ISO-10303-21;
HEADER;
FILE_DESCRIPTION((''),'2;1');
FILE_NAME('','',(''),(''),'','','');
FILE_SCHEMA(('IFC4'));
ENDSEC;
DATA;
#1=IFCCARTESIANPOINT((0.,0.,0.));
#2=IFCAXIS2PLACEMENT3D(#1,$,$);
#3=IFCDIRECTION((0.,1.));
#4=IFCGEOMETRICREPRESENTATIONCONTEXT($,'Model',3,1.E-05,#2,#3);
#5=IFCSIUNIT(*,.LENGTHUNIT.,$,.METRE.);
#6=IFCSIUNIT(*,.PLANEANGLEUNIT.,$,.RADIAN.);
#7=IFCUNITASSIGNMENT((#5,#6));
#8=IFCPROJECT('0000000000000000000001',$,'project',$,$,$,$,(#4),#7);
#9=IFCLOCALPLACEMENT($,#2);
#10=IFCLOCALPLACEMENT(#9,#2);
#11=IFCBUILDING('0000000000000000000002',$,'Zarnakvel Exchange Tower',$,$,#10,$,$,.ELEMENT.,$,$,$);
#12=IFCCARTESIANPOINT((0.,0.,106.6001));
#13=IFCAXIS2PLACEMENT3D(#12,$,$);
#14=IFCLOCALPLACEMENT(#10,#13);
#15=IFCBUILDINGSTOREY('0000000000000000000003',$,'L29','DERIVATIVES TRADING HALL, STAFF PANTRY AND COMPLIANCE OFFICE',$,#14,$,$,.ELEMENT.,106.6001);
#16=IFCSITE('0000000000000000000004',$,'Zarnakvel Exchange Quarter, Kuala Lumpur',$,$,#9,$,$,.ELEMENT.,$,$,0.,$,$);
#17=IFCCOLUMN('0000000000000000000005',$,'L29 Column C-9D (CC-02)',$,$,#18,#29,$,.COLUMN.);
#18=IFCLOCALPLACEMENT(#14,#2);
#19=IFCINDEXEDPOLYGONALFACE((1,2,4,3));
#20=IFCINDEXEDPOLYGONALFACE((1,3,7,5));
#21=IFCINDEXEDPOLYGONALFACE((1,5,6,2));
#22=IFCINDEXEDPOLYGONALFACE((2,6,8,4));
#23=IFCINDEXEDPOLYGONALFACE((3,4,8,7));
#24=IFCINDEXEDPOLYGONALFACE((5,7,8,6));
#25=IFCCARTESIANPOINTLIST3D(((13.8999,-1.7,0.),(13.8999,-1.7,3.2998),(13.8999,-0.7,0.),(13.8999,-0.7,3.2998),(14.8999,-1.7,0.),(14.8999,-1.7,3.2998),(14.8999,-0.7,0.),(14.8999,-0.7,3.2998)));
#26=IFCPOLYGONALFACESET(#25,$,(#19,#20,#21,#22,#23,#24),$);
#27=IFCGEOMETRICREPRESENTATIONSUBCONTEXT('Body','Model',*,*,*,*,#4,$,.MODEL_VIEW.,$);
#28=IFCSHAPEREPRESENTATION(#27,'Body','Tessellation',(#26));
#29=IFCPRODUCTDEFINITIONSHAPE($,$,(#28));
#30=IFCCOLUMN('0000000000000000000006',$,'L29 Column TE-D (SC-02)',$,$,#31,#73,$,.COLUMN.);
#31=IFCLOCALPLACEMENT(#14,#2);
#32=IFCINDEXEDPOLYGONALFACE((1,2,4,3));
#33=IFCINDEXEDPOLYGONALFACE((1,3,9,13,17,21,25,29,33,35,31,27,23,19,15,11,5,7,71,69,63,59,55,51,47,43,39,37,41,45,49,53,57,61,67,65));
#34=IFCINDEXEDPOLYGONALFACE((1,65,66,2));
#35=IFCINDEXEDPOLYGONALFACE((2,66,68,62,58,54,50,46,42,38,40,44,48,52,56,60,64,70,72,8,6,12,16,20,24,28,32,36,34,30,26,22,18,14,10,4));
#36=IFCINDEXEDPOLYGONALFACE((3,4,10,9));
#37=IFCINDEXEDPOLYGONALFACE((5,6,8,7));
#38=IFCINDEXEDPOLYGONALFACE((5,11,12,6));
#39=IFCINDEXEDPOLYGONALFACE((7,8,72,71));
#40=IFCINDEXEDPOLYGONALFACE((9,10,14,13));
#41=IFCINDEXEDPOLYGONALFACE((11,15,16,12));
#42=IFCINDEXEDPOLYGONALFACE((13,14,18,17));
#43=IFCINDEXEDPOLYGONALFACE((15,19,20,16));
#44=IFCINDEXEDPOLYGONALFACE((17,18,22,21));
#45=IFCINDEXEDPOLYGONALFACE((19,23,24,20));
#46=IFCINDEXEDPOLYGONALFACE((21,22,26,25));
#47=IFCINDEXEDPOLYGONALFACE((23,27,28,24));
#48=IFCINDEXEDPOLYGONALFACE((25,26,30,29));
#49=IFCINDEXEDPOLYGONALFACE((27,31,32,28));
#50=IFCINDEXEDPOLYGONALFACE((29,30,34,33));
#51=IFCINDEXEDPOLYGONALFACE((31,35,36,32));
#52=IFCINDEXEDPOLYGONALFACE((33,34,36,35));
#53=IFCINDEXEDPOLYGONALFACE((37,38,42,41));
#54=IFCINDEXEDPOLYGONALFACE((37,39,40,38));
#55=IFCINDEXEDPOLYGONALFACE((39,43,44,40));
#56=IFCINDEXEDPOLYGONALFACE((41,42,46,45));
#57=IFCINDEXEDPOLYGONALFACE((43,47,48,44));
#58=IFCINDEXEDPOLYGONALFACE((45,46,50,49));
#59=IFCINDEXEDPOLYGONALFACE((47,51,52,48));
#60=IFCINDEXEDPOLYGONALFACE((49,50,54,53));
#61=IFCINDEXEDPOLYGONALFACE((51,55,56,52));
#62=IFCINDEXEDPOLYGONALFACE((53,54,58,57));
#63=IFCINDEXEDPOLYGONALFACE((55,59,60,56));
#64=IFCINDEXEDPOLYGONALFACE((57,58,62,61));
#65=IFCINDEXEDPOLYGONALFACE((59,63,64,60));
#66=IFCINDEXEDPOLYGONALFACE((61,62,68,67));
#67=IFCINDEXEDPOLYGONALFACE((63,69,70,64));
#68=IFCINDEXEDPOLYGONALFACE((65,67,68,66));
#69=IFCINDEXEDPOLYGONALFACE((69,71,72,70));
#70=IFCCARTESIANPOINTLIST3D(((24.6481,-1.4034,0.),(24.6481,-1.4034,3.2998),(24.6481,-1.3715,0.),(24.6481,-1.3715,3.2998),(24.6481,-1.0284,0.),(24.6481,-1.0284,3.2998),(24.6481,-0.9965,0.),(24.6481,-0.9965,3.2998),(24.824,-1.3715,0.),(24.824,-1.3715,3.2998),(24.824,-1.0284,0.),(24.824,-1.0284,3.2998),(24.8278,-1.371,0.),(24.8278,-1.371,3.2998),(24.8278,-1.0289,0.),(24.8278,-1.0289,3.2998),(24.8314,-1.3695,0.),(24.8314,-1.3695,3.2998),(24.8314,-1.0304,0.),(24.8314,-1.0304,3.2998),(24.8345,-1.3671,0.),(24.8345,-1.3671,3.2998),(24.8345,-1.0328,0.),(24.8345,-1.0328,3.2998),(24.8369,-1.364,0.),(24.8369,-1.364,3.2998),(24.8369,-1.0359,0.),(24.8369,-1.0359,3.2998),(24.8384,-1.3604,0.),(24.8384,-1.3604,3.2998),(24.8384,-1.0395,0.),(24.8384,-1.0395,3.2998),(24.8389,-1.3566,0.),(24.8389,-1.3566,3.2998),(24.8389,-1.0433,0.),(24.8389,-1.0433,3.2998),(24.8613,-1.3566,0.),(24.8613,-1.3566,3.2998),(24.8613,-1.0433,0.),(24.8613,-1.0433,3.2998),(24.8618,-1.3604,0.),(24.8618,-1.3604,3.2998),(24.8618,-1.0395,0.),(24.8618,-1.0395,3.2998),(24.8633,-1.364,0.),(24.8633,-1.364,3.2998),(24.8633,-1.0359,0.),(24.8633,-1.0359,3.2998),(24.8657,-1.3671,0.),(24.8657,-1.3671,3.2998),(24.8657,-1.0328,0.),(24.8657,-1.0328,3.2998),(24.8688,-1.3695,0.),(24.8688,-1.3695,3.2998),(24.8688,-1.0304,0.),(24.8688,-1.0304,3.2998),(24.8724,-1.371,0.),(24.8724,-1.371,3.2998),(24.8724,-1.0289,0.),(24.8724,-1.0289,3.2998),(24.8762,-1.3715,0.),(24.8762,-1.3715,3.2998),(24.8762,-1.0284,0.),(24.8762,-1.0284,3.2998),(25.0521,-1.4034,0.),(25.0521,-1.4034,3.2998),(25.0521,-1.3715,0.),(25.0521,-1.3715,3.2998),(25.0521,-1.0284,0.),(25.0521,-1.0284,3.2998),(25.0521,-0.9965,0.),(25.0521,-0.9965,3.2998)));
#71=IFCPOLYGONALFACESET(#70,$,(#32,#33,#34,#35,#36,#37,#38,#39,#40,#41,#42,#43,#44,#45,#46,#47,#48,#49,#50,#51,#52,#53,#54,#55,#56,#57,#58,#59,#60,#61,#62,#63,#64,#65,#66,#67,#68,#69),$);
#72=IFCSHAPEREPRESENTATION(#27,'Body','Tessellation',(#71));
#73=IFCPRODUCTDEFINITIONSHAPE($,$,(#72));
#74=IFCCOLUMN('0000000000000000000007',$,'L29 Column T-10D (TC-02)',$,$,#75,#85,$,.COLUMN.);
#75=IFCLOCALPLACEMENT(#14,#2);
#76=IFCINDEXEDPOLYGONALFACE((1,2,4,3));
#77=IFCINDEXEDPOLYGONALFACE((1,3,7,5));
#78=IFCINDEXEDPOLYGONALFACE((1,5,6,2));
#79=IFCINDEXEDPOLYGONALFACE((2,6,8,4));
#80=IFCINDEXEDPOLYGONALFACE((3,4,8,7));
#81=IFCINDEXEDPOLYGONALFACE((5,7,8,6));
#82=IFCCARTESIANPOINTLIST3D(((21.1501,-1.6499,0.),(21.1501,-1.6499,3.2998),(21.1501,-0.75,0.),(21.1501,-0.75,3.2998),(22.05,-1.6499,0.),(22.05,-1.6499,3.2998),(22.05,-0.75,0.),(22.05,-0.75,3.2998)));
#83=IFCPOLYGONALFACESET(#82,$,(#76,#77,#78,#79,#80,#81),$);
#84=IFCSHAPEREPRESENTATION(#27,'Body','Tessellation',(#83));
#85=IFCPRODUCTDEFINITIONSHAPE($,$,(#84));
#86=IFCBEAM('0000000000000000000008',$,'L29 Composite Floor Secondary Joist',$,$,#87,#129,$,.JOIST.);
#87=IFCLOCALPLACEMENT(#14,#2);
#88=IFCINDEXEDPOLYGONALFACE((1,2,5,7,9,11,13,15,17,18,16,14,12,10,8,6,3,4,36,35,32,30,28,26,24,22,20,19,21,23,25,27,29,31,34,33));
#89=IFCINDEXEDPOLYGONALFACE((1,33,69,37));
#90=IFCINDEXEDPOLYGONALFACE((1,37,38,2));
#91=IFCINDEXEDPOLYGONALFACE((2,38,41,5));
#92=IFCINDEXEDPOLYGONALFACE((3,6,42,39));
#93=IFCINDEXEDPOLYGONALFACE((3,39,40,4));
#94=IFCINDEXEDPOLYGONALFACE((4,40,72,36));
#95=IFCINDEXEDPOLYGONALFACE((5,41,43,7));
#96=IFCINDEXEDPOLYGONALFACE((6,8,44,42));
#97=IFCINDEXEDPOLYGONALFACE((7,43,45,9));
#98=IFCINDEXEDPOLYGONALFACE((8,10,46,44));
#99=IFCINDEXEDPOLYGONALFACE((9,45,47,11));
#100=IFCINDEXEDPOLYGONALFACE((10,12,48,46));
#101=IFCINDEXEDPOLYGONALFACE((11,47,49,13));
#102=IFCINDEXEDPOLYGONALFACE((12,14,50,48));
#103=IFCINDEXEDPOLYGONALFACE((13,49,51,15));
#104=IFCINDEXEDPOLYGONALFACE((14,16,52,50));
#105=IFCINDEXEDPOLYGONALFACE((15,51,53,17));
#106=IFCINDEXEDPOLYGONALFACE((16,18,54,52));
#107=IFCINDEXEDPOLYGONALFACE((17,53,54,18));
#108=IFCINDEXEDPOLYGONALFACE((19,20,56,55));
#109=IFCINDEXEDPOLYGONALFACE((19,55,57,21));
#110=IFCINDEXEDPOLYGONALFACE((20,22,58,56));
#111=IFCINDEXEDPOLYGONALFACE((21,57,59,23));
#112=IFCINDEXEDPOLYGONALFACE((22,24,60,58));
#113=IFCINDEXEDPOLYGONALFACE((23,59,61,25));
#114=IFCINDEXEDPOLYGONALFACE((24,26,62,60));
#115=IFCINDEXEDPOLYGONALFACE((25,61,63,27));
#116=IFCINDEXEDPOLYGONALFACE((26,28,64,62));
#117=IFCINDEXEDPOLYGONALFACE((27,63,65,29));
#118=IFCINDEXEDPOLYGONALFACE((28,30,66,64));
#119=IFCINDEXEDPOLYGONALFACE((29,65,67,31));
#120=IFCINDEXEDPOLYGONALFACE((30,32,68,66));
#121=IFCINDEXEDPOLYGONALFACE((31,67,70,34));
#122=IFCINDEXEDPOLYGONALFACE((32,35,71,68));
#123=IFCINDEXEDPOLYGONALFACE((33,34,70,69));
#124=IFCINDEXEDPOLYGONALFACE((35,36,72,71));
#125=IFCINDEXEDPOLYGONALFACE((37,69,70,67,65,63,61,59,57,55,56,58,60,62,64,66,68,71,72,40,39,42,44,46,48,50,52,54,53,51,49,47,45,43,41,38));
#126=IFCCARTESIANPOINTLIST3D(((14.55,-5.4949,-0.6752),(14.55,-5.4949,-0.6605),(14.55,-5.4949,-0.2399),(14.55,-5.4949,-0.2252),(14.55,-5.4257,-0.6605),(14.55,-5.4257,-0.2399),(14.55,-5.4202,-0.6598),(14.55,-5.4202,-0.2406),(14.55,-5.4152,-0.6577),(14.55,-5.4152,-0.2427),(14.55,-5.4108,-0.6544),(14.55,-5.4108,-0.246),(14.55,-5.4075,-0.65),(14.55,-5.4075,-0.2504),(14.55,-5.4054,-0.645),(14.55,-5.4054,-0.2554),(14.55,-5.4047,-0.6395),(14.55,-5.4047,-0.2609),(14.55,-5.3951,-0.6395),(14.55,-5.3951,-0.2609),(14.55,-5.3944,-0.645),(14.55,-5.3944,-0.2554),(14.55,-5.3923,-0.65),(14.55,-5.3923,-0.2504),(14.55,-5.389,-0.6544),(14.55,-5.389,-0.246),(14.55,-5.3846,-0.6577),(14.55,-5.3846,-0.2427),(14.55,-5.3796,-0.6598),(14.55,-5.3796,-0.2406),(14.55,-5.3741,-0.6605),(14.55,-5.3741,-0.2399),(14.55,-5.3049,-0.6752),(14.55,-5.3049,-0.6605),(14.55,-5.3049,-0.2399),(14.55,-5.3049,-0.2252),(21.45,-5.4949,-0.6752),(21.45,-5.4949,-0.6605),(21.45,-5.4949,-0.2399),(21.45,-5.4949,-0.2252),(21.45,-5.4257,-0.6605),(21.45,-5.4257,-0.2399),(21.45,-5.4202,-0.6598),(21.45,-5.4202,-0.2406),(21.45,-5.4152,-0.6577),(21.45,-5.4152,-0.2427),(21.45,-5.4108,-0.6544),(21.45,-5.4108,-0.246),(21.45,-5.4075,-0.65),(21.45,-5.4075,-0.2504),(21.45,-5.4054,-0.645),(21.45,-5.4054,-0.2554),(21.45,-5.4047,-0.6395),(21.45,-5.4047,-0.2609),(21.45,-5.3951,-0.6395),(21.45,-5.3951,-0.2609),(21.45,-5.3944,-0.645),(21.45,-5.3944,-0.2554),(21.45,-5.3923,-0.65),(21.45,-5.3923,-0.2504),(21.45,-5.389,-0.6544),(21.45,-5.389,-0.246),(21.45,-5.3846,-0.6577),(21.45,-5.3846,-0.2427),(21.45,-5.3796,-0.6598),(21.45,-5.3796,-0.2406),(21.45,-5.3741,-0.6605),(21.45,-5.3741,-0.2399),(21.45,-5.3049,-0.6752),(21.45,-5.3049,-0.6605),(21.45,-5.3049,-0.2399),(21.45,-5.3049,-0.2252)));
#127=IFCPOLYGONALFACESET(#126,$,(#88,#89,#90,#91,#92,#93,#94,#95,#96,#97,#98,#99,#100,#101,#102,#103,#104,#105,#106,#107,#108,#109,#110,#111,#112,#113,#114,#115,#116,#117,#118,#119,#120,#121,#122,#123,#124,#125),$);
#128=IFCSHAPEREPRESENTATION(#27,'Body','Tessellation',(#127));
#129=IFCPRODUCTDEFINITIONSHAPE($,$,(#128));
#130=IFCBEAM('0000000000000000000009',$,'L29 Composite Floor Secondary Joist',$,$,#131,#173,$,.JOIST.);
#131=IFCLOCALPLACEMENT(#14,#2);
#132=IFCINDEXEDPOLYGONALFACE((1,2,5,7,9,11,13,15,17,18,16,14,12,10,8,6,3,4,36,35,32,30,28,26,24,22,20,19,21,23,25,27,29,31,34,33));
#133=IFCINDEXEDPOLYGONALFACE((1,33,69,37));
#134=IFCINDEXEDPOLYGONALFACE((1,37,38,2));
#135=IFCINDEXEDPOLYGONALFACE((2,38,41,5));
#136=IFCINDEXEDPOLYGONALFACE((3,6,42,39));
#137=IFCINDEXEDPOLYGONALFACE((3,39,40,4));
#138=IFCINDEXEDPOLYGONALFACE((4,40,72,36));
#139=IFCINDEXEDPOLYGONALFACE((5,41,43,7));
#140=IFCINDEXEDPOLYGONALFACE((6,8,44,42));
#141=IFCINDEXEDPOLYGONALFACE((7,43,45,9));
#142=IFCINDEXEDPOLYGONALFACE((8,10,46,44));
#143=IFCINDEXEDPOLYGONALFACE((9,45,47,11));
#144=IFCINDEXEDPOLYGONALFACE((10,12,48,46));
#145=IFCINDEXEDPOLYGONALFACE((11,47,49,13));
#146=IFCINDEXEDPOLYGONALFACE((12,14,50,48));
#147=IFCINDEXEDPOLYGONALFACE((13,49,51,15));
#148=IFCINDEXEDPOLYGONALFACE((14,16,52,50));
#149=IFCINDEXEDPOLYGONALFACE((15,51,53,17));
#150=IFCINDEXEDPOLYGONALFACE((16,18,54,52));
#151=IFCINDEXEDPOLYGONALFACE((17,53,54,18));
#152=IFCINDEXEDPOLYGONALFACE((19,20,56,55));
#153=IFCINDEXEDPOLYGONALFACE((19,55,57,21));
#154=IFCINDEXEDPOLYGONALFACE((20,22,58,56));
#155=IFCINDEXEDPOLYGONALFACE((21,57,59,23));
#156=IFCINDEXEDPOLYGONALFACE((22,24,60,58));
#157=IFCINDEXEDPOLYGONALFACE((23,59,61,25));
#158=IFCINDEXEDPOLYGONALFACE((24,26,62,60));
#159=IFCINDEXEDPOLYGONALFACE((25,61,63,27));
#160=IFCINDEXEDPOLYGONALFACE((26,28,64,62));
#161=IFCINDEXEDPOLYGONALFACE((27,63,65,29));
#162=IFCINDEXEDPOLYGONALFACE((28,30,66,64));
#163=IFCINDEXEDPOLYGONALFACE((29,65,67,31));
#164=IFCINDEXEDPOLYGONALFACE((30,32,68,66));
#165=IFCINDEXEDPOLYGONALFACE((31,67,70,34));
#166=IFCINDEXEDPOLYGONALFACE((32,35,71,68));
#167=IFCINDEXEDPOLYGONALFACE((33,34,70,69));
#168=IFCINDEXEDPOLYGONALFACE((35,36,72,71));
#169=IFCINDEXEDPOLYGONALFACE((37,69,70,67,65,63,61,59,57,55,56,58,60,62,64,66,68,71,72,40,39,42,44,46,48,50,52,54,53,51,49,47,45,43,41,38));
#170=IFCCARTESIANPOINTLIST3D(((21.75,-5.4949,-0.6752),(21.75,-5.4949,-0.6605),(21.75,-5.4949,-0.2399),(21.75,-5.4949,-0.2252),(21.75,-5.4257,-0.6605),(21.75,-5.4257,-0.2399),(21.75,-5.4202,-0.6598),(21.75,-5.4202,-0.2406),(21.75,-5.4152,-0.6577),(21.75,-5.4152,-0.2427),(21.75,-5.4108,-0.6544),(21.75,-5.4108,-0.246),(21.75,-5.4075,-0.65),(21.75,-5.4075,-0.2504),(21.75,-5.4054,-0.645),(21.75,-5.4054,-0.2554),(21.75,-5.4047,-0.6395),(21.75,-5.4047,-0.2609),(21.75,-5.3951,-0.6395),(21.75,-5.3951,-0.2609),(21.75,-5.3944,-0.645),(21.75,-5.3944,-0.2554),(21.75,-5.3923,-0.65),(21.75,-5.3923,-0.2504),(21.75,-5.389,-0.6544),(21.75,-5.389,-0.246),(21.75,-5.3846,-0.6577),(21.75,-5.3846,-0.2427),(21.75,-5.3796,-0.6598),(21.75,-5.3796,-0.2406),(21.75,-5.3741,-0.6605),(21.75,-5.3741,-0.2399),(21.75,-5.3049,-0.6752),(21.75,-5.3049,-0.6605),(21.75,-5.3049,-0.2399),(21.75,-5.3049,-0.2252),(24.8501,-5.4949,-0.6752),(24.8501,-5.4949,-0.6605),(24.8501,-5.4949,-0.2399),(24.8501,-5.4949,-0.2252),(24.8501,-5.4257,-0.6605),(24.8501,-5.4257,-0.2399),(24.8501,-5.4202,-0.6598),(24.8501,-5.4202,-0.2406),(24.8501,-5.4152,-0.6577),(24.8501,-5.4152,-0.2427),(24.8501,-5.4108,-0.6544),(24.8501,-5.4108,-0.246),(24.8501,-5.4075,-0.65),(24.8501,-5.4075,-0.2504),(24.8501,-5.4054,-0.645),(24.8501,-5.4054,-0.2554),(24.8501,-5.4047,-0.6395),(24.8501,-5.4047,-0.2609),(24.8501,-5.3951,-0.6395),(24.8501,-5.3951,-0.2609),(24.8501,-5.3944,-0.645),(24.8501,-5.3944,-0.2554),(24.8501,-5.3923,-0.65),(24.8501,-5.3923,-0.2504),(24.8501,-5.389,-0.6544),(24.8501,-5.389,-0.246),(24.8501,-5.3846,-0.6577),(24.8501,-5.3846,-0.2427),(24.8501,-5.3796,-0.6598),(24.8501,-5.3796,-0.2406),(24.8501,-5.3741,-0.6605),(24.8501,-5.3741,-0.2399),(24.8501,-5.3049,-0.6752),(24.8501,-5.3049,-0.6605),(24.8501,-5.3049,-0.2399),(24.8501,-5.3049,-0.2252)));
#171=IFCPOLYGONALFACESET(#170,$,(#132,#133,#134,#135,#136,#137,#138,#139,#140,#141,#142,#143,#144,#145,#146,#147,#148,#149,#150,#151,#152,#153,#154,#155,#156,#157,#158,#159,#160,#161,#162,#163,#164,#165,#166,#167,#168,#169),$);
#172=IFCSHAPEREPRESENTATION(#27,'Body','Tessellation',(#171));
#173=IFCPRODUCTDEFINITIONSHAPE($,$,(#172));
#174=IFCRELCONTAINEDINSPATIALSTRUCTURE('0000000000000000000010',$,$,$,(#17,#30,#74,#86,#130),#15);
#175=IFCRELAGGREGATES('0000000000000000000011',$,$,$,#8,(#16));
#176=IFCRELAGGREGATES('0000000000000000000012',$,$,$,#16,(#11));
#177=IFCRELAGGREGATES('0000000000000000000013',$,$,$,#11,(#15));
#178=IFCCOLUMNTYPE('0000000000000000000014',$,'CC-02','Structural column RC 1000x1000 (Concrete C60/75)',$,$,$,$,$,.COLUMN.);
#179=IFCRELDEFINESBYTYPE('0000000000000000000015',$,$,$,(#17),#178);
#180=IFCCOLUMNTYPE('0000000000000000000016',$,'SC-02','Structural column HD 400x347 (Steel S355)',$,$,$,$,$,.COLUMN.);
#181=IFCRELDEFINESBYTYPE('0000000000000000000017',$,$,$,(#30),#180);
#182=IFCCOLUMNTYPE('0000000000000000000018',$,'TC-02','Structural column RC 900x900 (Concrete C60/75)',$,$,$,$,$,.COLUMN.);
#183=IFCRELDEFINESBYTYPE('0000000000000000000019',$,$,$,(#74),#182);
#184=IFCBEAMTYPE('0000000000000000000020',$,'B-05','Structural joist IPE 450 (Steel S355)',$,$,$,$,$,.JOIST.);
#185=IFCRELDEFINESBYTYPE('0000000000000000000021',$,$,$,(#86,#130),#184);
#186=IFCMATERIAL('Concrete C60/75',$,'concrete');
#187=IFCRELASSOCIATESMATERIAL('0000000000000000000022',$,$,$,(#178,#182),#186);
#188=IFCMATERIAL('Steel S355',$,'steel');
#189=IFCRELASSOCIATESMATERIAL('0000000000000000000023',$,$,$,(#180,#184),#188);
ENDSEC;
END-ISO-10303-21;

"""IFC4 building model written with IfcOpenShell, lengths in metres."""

from ifc_helpers import new_model, si_unit, direction, frame, origin, origin_2d, place, context, subcontext, project, spatial, rectangle, i_section, extrude, material, material_profile, profile_set, type_object, element, save


model = new_model("IFC4")

# Units and contexts
model_context = context("Model", 3, precision=1e-05, world=origin(), true_north=direction((0.0, 1.0)))
body_context = subcontext(model_context, "Body", "Model", "MODEL_VIEW")
ifc_project = project(units=[si_unit("LENGTHUNIT", "METRE"), si_unit("PLANEANGLEUNIT", "RADIAN")], contexts=[model_context])

# Site, building, storey
site_placement = place(None, origin())
site = spatial("IfcSite", under=ifc_project, at=site_placement, Name="Zarnakvel Exchange Quarter, Kuala Lumpur", CompositionType="ELEMENT", RefElevation=0.0)
building_placement = place(site_placement, origin())
building = spatial("IfcBuilding", under=site, at=building_placement, Name="Zarnakvel Exchange Tower", CompositionType="ELEMENT")
storey_placement = place(building_placement, frame((0.0, 0.0, 106.6001)))
storey = spatial("IfcBuildingStorey", under=building, at=storey_placement, Name="L29", Description="DERIVATIVES TRADING HALL, STAFF PANTRY AND COMPLIANCE OFFICE", CompositionType="ELEMENT", Elevation=106.6001)

# Columns
ifc_material_1 = material(Name="Concrete C60/75", Category="concrete")
ifc_material_profile_1 = material_profile(ifc_material_1, rectangle(XDim=1.0, YDim=1.0, at=origin_2d()))
ifc_profile_set_1 = profile_set([ifc_material_profile_1], Name="Concrete C60/75")
column_type_1 = type_object("IfcColumnType", Name="CC-02", Description="Structural column RC 1000x1000 (Concrete C60/75)", PredefinedType="COLUMN", material=ifc_profile_set_1)
column_1_placement = place(storey_placement, frame((14.3999, -1.2, 0.0), z_axis=(0.0, 0.0, 1.0), x_axis=(1.0, 0.0, 0.0)))
element("IfcColumn", 1, at=column_1_placement, inside=storey, type_object=column_type_1, Name="L29 Column C-9D (CC-02)", PredefinedType="COLUMN", context=body_context, shape_type="SweptSolid", body=[
    extrude(rectangle(XDim=1.0, YDim=1.0, at=origin_2d()), origin(), (0.0, 0.0, 1.0), 3.2998),
])
ifc_material_2 = material(Name="Steel S355", Category="steel")
ifc_material_profile_2 = material_profile(ifc_material_2, i_section(OverallWidth=0.4041, OverallDepth=0.407, WebThickness=0.0225, FlangeThickness=0.032, FilletRadius=0.0149, at=origin_2d()))
ifc_profile_set_2 = profile_set([ifc_material_profile_2], Name="Steel S355")
column_type_2 = type_object("IfcColumnType", Name="SC-02", Description="Structural column HD 400x347 (Steel S355)", PredefinedType="COLUMN", material=ifc_profile_set_2)
column_2_placement = place(storey_placement, frame((24.8501, -1.2, 0.0), z_axis=(0.0, 0.0, 1.0), x_axis=(1.0, 0.0, 0.0)))
element("IfcColumn", 2, at=column_2_placement, inside=storey, type_object=column_type_2, Name="L29 Column TE-D (SC-02)", PredefinedType="COLUMN", context=body_context, shape_type="SweptSolid", body=[
    extrude(i_section(OverallWidth=0.4041, OverallDepth=0.407, WebThickness=0.0225, FlangeThickness=0.032, FilletRadius=0.0149, at=origin_2d()), origin(), (0.0, 0.0, 1.0), 3.2998),
])
ifc_material_profile_3 = material_profile(ifc_material_1, rectangle(XDim=0.8999, YDim=0.8999, at=origin_2d()))
ifc_profile_set_3 = profile_set([ifc_material_profile_3], Name="Concrete C60/75")
column_type_3 = type_object("IfcColumnType", Name="TC-02", Description="Structural column RC 900x900 (Concrete C60/75)", PredefinedType="COLUMN", material=ifc_profile_set_3)
column_3_placement = place(storey_placement, frame((21.6001, -1.2, 0.0), z_axis=(0.0, 0.0, 1.0), x_axis=(1.0, 0.0, 0.0)))
element("IfcColumn", 3, at=column_3_placement, inside=storey, type_object=column_type_3, Name="L29 Column T-10D (TC-02)", PredefinedType="COLUMN", context=body_context, shape_type="SweptSolid", body=[
    extrude(rectangle(XDim=0.8999, YDim=0.8999, at=origin_2d()), origin(), (0.0, 0.0, 1.0), 3.2998),
])

# Beams
ifc_material_profile_4 = material_profile(ifc_material_2, i_section(OverallWidth=0.1899, OverallDepth=0.45, WebThickness=0.0095, FlangeThickness=0.0146, FilletRadius=0.021, at=origin_2d()))
ifc_profile_set_4 = profile_set([ifc_material_profile_4], Name="Steel S355")
beam_type_1 = type_object("IfcBeamType", Name="B-05", Description="Structural joist IPE 450 (Steel S355)", PredefinedType="JOIST", material=ifc_profile_set_4)
beam_1_placement = place(storey_placement, frame((14.55, -5.3999, -0.4502), z_axis=(1.0, 0.0, 0.0), x_axis=(0.0, 1.0, 0.0)))
element("IfcBeam", 4, at=beam_1_placement, inside=storey, type_object=beam_type_1, Name="L29 Composite Floor Secondary Joist", PredefinedType="JOIST", context=body_context, shape_type="SweptSolid", body=[
    extrude(i_section(OverallWidth=0.1899, OverallDepth=0.45, WebThickness=0.0095, FlangeThickness=0.0146, FilletRadius=0.021, at=origin_2d()), origin(), (0.0, 0.0, 1.0), 6.8999),
])
beam_2_placement = place(storey_placement, frame((21.75, -5.3999, -0.4502), z_axis=(1.0, 0.0, 0.0), x_axis=(0.0, 1.0, 0.0)))
element("IfcBeam", 5, at=beam_2_placement, inside=storey, type_object=beam_type_1, Name="L29 Composite Floor Secondary Joist", PredefinedType="JOIST", context=body_context, shape_type="SweptSolid", body=[
    extrude(i_section(OverallWidth=0.1899, OverallDepth=0.45, WebThickness=0.0095, FlangeThickness=0.0146, FilletRadius=0.021, at=origin_2d()), origin(), (0.0, 0.0, 1.0), 3.1001),
])

save(model, "model.ifc")
